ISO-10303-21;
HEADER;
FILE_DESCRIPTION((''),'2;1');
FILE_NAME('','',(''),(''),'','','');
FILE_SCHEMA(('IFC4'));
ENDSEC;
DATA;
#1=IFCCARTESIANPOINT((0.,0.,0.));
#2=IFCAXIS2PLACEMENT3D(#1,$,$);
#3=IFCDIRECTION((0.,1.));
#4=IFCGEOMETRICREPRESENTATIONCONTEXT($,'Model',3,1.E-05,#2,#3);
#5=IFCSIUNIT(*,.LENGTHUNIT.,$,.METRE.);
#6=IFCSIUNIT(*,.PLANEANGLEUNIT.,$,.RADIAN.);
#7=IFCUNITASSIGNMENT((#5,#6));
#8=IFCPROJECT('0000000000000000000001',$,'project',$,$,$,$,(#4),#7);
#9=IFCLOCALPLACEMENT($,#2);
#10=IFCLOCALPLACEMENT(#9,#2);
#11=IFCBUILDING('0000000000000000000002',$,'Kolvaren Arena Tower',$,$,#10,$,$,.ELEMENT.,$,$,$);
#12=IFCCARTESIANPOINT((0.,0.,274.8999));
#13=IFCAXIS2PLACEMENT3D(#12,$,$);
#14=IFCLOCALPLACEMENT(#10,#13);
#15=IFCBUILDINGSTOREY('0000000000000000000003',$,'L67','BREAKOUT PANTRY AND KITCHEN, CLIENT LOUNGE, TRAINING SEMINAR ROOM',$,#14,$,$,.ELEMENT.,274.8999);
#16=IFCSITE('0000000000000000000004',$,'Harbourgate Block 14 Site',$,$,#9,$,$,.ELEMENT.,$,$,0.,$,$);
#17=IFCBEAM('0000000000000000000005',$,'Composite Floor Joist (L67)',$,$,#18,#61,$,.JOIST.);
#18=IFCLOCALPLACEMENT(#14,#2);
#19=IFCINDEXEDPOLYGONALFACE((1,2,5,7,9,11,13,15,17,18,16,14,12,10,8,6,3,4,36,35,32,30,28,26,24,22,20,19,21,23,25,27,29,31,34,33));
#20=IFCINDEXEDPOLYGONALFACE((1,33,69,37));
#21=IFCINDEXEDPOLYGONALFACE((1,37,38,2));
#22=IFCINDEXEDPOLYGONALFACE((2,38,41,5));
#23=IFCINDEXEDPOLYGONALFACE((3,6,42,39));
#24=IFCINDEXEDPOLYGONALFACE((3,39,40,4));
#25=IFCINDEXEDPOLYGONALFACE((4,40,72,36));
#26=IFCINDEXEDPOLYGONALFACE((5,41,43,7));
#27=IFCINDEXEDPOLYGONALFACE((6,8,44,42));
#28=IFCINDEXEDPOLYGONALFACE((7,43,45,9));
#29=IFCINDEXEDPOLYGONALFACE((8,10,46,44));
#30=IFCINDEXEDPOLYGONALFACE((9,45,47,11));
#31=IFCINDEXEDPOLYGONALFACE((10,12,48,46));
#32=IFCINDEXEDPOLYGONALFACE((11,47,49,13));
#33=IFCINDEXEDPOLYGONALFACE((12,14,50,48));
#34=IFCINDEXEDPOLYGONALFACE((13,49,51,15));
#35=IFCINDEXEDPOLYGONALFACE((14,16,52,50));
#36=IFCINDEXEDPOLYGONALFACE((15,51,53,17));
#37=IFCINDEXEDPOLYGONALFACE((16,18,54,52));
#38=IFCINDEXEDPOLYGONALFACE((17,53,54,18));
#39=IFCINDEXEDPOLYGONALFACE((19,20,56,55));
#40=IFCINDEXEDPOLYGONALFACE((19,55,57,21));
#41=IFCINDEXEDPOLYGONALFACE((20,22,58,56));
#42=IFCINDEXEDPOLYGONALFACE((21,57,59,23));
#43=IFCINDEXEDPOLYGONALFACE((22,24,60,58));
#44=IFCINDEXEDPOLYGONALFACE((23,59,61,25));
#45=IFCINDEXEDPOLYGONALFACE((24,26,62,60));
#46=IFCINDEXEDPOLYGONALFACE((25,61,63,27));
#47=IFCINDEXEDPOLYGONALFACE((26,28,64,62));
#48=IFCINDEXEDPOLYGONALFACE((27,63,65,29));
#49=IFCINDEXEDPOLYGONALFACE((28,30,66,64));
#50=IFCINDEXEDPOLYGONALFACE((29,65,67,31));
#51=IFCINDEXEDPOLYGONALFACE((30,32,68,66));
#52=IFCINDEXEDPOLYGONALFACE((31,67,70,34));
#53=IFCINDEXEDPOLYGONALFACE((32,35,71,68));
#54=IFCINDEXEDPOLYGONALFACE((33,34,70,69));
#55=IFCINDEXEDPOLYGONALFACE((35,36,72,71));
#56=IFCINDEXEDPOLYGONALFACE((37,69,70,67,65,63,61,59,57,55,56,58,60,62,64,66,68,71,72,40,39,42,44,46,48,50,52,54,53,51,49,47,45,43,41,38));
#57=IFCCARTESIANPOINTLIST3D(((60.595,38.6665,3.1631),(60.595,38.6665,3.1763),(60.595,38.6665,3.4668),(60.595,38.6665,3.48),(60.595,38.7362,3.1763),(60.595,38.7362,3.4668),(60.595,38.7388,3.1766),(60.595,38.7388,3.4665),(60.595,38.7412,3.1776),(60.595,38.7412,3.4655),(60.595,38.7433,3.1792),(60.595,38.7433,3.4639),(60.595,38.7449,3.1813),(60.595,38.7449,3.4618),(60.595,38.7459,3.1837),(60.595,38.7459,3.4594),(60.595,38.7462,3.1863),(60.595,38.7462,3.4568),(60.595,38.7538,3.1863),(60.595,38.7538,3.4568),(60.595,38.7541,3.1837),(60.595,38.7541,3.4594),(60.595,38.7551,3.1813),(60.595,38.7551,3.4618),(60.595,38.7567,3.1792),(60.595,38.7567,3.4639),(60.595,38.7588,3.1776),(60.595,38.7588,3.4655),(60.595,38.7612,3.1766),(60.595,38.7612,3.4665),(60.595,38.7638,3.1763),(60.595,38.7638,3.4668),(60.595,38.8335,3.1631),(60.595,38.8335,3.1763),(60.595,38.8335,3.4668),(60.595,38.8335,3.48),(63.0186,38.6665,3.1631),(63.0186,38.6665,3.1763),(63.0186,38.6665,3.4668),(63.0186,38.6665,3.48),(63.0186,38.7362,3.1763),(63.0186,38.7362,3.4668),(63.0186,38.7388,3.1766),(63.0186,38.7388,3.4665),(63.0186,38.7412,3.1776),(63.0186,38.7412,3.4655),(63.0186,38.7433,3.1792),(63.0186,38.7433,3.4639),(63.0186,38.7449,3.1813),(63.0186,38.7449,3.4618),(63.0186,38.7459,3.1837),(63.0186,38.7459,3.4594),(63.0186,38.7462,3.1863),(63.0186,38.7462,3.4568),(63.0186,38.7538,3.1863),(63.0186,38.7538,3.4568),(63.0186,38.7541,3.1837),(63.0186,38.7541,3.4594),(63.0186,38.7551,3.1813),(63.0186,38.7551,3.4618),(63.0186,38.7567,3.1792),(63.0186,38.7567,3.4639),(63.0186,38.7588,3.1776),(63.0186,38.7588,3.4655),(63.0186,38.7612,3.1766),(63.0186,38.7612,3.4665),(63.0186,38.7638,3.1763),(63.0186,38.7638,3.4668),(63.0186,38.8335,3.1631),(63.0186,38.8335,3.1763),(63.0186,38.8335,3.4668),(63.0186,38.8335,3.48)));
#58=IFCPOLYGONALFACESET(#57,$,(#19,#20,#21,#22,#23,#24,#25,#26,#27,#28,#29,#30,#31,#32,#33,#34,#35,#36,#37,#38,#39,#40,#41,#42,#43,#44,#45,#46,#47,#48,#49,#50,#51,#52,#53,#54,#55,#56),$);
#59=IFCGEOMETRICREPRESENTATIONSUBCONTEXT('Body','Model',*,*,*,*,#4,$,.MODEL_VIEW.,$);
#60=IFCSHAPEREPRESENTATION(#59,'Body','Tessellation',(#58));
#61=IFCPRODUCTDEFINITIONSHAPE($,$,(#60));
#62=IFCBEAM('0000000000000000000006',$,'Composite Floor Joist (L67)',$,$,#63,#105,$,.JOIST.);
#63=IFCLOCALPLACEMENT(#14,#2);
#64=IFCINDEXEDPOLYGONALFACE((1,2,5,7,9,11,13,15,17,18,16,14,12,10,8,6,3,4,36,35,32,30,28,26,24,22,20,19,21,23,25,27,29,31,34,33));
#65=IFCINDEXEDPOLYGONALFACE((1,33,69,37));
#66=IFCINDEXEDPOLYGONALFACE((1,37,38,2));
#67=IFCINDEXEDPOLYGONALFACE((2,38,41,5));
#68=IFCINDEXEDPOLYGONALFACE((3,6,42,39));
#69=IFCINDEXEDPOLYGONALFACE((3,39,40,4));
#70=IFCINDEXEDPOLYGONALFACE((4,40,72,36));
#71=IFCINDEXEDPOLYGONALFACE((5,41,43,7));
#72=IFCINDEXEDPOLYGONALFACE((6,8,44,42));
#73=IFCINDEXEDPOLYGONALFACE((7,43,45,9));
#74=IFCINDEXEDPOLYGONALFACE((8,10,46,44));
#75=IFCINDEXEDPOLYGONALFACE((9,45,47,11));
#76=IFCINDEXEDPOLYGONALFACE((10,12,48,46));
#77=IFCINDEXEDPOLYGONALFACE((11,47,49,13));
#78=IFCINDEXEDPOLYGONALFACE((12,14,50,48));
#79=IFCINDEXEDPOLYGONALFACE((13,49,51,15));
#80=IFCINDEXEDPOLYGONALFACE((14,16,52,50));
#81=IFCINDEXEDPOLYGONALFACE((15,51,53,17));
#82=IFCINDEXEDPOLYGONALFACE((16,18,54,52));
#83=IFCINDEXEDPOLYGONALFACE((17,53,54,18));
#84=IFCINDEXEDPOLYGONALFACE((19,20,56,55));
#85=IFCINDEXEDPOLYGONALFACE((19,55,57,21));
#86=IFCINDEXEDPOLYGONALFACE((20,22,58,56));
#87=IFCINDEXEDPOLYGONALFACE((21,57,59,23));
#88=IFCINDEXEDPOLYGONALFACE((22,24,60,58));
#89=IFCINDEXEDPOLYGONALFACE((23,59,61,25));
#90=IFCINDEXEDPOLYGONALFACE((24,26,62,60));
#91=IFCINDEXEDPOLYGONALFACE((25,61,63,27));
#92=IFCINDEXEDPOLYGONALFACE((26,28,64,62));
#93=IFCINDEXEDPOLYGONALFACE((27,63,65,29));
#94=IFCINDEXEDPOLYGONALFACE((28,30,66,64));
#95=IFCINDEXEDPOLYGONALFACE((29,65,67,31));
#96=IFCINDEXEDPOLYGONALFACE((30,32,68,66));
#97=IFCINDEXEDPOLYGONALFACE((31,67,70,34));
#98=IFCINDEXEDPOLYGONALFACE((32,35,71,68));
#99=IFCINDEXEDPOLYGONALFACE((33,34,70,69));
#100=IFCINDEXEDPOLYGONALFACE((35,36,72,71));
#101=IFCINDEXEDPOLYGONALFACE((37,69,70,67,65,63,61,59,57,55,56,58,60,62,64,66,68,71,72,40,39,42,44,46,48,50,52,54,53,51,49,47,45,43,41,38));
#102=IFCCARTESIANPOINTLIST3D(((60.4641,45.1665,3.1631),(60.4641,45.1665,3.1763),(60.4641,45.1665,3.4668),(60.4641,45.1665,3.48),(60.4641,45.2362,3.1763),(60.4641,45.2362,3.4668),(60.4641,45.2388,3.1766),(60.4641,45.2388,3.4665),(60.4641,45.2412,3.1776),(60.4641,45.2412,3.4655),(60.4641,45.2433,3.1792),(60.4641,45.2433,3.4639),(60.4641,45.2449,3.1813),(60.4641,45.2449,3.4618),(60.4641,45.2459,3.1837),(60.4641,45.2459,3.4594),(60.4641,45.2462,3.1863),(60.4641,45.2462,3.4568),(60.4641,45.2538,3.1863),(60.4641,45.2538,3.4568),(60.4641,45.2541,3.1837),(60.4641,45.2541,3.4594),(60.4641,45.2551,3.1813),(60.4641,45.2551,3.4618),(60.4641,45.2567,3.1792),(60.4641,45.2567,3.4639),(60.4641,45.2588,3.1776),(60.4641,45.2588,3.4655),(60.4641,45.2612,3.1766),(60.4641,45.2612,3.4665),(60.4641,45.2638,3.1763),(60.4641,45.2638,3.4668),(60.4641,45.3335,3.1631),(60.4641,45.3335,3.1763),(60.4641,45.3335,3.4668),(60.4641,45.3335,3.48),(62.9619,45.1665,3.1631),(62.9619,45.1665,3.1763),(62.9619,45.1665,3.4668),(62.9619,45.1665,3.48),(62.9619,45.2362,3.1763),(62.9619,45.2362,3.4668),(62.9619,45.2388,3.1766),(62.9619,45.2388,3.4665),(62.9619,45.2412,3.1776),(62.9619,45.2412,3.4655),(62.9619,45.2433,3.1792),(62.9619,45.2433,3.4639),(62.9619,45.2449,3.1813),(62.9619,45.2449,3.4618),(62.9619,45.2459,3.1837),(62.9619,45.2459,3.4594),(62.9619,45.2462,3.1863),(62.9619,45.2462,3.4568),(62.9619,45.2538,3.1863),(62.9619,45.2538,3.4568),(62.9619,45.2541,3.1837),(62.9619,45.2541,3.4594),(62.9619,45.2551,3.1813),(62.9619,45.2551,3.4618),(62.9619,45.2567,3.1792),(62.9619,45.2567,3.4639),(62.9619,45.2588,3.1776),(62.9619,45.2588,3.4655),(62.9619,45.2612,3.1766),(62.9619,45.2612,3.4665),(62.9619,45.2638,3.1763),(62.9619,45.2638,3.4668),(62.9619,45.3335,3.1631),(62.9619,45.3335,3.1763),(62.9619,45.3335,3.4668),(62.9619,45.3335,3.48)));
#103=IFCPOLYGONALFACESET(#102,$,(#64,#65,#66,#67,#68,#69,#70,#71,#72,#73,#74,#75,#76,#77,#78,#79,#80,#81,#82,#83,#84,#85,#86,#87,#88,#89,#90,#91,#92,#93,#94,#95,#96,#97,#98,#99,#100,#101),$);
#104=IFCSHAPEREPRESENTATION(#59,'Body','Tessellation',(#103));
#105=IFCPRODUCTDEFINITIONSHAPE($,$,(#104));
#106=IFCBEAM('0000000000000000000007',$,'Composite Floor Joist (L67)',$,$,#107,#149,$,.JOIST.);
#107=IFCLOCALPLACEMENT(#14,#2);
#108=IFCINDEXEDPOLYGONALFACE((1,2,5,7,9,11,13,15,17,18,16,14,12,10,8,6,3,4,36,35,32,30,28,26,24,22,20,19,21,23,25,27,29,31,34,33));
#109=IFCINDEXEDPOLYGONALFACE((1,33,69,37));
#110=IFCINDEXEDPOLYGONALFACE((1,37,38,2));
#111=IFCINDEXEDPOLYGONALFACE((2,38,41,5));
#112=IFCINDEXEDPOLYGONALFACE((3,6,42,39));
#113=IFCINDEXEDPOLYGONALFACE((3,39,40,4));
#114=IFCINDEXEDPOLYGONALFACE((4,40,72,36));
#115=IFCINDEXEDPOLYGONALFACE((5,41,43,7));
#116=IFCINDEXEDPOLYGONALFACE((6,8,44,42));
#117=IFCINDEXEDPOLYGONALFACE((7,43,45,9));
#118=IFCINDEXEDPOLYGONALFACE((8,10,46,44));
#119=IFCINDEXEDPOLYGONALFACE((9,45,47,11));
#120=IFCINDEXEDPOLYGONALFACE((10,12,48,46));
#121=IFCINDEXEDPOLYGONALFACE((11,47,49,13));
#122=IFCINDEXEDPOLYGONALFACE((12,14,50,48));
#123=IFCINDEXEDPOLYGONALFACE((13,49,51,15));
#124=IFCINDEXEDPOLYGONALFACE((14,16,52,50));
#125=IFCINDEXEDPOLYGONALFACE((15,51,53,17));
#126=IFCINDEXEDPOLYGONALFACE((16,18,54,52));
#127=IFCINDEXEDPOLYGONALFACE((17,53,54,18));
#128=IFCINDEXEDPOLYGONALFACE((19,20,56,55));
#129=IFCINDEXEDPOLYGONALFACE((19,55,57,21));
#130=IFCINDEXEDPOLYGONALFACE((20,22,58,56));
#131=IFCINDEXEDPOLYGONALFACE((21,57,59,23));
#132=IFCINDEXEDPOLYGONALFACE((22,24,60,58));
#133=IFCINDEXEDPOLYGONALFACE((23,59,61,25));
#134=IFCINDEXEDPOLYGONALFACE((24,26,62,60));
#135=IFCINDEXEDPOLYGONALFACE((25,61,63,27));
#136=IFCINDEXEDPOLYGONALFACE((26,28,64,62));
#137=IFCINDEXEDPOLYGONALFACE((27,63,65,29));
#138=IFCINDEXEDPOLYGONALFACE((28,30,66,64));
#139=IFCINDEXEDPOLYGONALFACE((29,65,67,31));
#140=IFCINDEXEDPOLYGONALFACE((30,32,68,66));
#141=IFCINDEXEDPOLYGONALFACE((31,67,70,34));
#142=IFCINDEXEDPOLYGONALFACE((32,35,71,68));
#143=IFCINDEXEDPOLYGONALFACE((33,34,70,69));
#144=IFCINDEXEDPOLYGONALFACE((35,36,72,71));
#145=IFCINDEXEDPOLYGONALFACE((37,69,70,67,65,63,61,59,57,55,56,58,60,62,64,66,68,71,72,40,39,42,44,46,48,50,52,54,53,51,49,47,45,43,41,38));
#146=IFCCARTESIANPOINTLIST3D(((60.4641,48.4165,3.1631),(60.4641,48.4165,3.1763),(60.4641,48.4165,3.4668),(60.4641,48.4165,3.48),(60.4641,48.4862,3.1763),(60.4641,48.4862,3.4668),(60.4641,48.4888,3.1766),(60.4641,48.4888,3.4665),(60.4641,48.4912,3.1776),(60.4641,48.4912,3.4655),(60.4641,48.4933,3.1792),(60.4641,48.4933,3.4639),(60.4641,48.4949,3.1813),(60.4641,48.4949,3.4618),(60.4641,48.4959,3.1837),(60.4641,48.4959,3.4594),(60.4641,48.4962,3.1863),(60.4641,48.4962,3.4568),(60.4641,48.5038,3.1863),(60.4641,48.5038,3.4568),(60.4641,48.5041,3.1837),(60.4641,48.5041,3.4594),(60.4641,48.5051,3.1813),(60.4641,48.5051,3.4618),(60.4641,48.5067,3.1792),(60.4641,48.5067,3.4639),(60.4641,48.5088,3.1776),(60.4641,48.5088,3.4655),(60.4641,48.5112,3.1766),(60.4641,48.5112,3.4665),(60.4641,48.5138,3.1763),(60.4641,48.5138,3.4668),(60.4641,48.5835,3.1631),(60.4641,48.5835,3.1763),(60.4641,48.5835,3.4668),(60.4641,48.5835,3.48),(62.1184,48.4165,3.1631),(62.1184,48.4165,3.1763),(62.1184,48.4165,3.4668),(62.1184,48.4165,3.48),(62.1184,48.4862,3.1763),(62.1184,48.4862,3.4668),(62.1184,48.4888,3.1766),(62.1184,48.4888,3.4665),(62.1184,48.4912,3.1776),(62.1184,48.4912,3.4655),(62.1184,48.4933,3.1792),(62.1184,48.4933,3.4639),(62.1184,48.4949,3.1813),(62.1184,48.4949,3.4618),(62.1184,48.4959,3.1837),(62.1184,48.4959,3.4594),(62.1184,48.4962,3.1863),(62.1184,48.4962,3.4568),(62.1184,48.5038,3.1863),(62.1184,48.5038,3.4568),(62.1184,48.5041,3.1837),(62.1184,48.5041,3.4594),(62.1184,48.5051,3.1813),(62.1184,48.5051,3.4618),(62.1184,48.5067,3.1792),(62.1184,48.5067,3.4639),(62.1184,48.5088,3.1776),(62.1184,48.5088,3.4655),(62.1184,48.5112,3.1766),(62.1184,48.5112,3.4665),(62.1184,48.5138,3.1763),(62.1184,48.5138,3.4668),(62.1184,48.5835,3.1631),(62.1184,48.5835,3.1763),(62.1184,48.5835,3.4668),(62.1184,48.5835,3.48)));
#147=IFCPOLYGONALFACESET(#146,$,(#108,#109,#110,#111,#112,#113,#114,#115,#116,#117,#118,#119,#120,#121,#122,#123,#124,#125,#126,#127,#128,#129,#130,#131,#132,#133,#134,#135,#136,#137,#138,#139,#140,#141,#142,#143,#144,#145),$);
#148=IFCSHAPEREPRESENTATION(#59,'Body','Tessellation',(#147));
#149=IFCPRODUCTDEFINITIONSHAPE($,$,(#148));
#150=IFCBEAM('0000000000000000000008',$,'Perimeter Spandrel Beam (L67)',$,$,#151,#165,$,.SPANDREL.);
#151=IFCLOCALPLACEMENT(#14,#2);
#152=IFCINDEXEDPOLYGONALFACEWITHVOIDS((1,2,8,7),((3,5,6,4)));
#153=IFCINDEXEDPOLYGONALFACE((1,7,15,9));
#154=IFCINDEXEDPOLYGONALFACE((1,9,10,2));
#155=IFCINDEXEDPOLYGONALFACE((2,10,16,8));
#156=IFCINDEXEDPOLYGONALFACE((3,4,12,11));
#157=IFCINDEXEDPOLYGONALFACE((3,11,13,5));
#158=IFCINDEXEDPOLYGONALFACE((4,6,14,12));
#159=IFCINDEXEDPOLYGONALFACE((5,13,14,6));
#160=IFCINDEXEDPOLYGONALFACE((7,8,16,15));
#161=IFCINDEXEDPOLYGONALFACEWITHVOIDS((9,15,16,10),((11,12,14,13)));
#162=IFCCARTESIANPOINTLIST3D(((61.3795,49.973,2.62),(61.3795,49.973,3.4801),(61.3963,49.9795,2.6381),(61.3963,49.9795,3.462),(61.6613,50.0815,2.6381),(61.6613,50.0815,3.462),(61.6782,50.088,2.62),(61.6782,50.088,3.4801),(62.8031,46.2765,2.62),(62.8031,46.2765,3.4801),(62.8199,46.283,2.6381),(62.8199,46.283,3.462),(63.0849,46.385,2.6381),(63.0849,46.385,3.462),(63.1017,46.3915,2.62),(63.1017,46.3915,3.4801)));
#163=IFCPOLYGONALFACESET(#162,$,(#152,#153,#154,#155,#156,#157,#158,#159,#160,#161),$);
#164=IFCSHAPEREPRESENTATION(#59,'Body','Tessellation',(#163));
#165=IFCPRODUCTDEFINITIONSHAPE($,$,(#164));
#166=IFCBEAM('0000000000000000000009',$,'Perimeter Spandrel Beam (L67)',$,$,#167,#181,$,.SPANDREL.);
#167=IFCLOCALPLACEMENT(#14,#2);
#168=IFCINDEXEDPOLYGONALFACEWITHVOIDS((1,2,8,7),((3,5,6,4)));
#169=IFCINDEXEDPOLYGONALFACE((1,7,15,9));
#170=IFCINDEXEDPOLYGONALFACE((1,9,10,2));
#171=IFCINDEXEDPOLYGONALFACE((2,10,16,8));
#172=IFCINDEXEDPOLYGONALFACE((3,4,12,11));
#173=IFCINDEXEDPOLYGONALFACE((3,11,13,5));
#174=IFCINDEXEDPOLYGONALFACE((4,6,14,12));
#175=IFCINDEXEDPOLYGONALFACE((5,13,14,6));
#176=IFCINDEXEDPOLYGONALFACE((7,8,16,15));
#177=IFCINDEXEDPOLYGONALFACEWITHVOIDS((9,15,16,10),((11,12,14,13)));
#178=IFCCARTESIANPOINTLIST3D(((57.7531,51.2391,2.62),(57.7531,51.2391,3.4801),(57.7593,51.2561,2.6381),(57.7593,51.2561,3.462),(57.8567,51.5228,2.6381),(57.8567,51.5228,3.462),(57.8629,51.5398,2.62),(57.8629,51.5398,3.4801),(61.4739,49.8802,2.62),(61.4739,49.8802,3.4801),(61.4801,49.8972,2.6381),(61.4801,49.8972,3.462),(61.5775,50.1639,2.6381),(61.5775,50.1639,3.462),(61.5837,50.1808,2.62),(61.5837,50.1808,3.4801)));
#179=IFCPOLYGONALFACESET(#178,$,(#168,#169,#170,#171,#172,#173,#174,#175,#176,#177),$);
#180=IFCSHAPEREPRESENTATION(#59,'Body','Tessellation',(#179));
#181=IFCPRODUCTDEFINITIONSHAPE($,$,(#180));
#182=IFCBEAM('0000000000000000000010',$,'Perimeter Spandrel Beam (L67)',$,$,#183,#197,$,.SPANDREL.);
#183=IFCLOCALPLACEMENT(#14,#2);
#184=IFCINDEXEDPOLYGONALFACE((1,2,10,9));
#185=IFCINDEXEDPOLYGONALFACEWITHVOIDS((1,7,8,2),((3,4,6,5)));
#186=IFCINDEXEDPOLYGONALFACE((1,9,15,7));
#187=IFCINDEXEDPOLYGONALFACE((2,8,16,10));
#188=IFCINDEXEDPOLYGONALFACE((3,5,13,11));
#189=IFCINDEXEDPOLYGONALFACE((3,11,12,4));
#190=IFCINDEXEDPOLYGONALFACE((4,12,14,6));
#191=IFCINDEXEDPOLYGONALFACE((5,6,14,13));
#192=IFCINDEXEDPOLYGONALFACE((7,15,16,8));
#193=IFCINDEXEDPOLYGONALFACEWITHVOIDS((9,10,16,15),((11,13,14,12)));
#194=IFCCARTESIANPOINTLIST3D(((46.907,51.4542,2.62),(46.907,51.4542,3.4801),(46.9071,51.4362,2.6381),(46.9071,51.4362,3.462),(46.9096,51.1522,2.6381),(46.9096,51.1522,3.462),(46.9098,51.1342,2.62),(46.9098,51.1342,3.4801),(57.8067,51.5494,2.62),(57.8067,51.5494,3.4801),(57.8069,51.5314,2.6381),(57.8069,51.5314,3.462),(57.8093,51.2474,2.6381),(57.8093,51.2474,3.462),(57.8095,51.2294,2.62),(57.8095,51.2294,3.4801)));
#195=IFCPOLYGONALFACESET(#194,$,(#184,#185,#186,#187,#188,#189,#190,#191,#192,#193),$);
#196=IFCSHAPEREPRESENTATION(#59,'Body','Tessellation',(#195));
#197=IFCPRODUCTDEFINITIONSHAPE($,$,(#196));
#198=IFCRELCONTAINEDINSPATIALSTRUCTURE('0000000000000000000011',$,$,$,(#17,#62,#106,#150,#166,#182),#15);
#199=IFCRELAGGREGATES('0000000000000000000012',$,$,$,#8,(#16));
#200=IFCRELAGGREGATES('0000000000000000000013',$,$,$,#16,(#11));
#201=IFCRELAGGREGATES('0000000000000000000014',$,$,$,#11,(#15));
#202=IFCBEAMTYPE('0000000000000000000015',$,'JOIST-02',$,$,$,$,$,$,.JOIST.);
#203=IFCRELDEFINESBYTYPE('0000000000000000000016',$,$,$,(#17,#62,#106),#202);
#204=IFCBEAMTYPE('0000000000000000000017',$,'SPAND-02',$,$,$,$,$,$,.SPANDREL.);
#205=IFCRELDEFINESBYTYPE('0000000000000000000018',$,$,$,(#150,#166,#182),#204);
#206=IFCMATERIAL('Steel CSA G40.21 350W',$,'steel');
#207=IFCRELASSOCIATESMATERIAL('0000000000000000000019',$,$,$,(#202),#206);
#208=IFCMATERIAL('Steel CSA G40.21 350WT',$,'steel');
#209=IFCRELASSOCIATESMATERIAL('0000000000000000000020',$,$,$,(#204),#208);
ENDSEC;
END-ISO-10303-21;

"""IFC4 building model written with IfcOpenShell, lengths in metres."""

from ifc_helpers import new_model, si_unit, direction, frame, origin, origin_2d, place, context, subcontext, project, spatial, hollow_rectangle, i_section, extrude, material, material_profile, profile_set, type_object, element, save


model = new_model("IFC4")

# Units and contexts
model_context = context("Model", 3, precision=1e-05, world=origin(), true_north=direction((0.0, 1.0)))
body_context = subcontext(model_context, "Body", "Model", "MODEL_VIEW")
ifc_project = project(units=[si_unit("LENGTHUNIT", "METRE"), si_unit("PLANEANGLEUNIT", "RADIAN")], contexts=[model_context])

# Site, building, storey
site_placement = place(None, origin())
site = spatial("IfcSite", under=ifc_project, at=site_placement, Name="Harbourgate Block 14 Site", CompositionType="ELEMENT", RefElevation=0.0)
building_placement = place(site_placement, origin())
building = spatial("IfcBuilding", under=site, at=building_placement, Name="Kolvaren Arena Tower", CompositionType="ELEMENT")
storey_placement = place(building_placement, frame((0.0, 0.0, 274.8999)))
storey = spatial("IfcBuildingStorey", under=building, at=storey_placement, Name="L67", Description="BREAKOUT PANTRY AND KITCHEN, CLIENT LOUNGE, TRAINING SEMINAR ROOM", CompositionType="ELEMENT", Elevation=274.8999)

# Beams
ifc_material_1 = material(Name="Steel CSA G40.21 350W", Category="steel")
ifc_material_profile_1 = material_profile(ifc_material_1, i_section(OverallWidth=0.167, OverallDepth=0.3169, WebThickness=0.0076, FlangeThickness=0.0132, FilletRadius=0.01, at=origin_2d()), Name="W310x52")
ifc_profile_set_1 = profile_set([ifc_material_profile_1], Name="Steel CSA G40.21 350W")
beam_type_1 = type_object("IfcBeamType", Name="JOIST-02", PredefinedType="JOIST", material=ifc_profile_set_1)
beam_1_placement = place(storey_placement, frame((60.595, 38.75, 3.3215), z_axis=(1.0, 0.0, 0.0), x_axis=(0.0, 1.0, 0.0)))
element("IfcBeam", 1, at=beam_1_placement, inside=storey, type_object=beam_type_1, Name="Composite Floor Joist (L67)", PredefinedType="JOIST", context=body_context, shape_type="SweptSolid", body=[
    extrude(i_section(OverallWidth=0.167, OverallDepth=0.3169, WebThickness=0.0076, FlangeThickness=0.0132, FilletRadius=0.01, at=origin_2d()), origin(), (0.0, 0.0, 1.0), 2.4236),
])
beam_2_placement = place(storey_placement, frame((60.4641, 45.25, 3.3215), z_axis=(1.0, 0.0, 0.0), x_axis=(0.0, 1.0, 0.0)))
element("IfcBeam", 2, at=beam_2_placement, inside=storey, type_object=beam_type_1, Name="Composite Floor Joist (L67)", PredefinedType="JOIST", context=body_context, shape_type="SweptSolid", body=[
    extrude(i_section(OverallWidth=0.167, OverallDepth=0.3169, WebThickness=0.0076, FlangeThickness=0.0132, FilletRadius=0.01, at=origin_2d()), origin(), (0.0, 0.0, 1.0), 2.4978),
])
beam_3_placement = place(storey_placement, frame((60.4641, 48.5, 3.3215), z_axis=(1.0, 0.0, 0.0), x_axis=(0.0, 1.0, 0.0)))
element("IfcBeam", 3, at=beam_3_placement, inside=storey, type_object=beam_type_1, Name="Composite Floor Joist (L67)", PredefinedType="JOIST", context=body_context, shape_type="SweptSolid", body=[
    extrude(i_section(OverallWidth=0.167, OverallDepth=0.3169, WebThickness=0.0076, FlangeThickness=0.0132, FilletRadius=0.01, at=origin_2d()), origin(), (0.0, 0.0, 1.0), 1.6543),
])
ifc_material_2 = material(Name="Steel CSA G40.21 350WT", Category="steel")
ifc_material_profile_2 = material_profile(ifc_material_2, hollow_rectangle(XDim=0.3201, YDim=0.8601, WallThickness=0.0181, at=origin_2d()), Name="HSS 860x320x18")
ifc_profile_set_2 = profile_set([ifc_material_profile_2], Name="Steel CSA G40.21 350WT")
beam_type_2 = type_object("IfcBeamType", Name="SPAND-02", PredefinedType="SPANDREL", material=ifc_profile_set_2)
for number, where, z_axis, x_axis, name in (
    (4, (62.9524, 46.334, 3.05), (-0.359384, 0.93319, 0.0), (-0.93319, -0.359384, 0.0), "Perimeter Spandrel Beam (L67)"),
    (5, (61.5288, 50.0305, 3.05), (-0.939314, 0.343059, 0.0), (-0.343059, -0.939314, 0.0), "Perimeter Spandrel Beam (L67)"),
):
    element("IfcBeam", number, at=place(storey_placement, frame(where, z_axis=z_axis, x_axis=x_axis)), inside=storey, type_object=beam_type_2, Name=name, PredefinedType="SPANDREL", context=body_context, shape_type="SweptSolid", body=[
        extrude(hollow_rectangle(XDim=0.3201, YDim=0.8601, WallThickness=0.0181, at=origin_2d()), origin(), (0.0, 0.0, 1.0), 3.9612),
    ])
beam_4_placement = place(storey_placement, frame((57.8081, 51.3894, 3.05), z_axis=(-0.999962, -0.008735, 0.0), x_axis=(0.008735, -0.999962, 0.0)))
element("IfcBeam", 6, at=beam_4_placement, inside=storey, type_object=beam_type_2, Name="Perimeter Spandrel Beam (L67)", PredefinedType="SPANDREL", context=body_context, shape_type="SweptSolid", body=[
    extrude(hollow_rectangle(XDim=0.3201, YDim=0.8601, WallThickness=0.0181, at=origin_2d()), origin(), (0.0, 0.0, 1.0), 10.9001),
])

save(model, "model.ifc")
